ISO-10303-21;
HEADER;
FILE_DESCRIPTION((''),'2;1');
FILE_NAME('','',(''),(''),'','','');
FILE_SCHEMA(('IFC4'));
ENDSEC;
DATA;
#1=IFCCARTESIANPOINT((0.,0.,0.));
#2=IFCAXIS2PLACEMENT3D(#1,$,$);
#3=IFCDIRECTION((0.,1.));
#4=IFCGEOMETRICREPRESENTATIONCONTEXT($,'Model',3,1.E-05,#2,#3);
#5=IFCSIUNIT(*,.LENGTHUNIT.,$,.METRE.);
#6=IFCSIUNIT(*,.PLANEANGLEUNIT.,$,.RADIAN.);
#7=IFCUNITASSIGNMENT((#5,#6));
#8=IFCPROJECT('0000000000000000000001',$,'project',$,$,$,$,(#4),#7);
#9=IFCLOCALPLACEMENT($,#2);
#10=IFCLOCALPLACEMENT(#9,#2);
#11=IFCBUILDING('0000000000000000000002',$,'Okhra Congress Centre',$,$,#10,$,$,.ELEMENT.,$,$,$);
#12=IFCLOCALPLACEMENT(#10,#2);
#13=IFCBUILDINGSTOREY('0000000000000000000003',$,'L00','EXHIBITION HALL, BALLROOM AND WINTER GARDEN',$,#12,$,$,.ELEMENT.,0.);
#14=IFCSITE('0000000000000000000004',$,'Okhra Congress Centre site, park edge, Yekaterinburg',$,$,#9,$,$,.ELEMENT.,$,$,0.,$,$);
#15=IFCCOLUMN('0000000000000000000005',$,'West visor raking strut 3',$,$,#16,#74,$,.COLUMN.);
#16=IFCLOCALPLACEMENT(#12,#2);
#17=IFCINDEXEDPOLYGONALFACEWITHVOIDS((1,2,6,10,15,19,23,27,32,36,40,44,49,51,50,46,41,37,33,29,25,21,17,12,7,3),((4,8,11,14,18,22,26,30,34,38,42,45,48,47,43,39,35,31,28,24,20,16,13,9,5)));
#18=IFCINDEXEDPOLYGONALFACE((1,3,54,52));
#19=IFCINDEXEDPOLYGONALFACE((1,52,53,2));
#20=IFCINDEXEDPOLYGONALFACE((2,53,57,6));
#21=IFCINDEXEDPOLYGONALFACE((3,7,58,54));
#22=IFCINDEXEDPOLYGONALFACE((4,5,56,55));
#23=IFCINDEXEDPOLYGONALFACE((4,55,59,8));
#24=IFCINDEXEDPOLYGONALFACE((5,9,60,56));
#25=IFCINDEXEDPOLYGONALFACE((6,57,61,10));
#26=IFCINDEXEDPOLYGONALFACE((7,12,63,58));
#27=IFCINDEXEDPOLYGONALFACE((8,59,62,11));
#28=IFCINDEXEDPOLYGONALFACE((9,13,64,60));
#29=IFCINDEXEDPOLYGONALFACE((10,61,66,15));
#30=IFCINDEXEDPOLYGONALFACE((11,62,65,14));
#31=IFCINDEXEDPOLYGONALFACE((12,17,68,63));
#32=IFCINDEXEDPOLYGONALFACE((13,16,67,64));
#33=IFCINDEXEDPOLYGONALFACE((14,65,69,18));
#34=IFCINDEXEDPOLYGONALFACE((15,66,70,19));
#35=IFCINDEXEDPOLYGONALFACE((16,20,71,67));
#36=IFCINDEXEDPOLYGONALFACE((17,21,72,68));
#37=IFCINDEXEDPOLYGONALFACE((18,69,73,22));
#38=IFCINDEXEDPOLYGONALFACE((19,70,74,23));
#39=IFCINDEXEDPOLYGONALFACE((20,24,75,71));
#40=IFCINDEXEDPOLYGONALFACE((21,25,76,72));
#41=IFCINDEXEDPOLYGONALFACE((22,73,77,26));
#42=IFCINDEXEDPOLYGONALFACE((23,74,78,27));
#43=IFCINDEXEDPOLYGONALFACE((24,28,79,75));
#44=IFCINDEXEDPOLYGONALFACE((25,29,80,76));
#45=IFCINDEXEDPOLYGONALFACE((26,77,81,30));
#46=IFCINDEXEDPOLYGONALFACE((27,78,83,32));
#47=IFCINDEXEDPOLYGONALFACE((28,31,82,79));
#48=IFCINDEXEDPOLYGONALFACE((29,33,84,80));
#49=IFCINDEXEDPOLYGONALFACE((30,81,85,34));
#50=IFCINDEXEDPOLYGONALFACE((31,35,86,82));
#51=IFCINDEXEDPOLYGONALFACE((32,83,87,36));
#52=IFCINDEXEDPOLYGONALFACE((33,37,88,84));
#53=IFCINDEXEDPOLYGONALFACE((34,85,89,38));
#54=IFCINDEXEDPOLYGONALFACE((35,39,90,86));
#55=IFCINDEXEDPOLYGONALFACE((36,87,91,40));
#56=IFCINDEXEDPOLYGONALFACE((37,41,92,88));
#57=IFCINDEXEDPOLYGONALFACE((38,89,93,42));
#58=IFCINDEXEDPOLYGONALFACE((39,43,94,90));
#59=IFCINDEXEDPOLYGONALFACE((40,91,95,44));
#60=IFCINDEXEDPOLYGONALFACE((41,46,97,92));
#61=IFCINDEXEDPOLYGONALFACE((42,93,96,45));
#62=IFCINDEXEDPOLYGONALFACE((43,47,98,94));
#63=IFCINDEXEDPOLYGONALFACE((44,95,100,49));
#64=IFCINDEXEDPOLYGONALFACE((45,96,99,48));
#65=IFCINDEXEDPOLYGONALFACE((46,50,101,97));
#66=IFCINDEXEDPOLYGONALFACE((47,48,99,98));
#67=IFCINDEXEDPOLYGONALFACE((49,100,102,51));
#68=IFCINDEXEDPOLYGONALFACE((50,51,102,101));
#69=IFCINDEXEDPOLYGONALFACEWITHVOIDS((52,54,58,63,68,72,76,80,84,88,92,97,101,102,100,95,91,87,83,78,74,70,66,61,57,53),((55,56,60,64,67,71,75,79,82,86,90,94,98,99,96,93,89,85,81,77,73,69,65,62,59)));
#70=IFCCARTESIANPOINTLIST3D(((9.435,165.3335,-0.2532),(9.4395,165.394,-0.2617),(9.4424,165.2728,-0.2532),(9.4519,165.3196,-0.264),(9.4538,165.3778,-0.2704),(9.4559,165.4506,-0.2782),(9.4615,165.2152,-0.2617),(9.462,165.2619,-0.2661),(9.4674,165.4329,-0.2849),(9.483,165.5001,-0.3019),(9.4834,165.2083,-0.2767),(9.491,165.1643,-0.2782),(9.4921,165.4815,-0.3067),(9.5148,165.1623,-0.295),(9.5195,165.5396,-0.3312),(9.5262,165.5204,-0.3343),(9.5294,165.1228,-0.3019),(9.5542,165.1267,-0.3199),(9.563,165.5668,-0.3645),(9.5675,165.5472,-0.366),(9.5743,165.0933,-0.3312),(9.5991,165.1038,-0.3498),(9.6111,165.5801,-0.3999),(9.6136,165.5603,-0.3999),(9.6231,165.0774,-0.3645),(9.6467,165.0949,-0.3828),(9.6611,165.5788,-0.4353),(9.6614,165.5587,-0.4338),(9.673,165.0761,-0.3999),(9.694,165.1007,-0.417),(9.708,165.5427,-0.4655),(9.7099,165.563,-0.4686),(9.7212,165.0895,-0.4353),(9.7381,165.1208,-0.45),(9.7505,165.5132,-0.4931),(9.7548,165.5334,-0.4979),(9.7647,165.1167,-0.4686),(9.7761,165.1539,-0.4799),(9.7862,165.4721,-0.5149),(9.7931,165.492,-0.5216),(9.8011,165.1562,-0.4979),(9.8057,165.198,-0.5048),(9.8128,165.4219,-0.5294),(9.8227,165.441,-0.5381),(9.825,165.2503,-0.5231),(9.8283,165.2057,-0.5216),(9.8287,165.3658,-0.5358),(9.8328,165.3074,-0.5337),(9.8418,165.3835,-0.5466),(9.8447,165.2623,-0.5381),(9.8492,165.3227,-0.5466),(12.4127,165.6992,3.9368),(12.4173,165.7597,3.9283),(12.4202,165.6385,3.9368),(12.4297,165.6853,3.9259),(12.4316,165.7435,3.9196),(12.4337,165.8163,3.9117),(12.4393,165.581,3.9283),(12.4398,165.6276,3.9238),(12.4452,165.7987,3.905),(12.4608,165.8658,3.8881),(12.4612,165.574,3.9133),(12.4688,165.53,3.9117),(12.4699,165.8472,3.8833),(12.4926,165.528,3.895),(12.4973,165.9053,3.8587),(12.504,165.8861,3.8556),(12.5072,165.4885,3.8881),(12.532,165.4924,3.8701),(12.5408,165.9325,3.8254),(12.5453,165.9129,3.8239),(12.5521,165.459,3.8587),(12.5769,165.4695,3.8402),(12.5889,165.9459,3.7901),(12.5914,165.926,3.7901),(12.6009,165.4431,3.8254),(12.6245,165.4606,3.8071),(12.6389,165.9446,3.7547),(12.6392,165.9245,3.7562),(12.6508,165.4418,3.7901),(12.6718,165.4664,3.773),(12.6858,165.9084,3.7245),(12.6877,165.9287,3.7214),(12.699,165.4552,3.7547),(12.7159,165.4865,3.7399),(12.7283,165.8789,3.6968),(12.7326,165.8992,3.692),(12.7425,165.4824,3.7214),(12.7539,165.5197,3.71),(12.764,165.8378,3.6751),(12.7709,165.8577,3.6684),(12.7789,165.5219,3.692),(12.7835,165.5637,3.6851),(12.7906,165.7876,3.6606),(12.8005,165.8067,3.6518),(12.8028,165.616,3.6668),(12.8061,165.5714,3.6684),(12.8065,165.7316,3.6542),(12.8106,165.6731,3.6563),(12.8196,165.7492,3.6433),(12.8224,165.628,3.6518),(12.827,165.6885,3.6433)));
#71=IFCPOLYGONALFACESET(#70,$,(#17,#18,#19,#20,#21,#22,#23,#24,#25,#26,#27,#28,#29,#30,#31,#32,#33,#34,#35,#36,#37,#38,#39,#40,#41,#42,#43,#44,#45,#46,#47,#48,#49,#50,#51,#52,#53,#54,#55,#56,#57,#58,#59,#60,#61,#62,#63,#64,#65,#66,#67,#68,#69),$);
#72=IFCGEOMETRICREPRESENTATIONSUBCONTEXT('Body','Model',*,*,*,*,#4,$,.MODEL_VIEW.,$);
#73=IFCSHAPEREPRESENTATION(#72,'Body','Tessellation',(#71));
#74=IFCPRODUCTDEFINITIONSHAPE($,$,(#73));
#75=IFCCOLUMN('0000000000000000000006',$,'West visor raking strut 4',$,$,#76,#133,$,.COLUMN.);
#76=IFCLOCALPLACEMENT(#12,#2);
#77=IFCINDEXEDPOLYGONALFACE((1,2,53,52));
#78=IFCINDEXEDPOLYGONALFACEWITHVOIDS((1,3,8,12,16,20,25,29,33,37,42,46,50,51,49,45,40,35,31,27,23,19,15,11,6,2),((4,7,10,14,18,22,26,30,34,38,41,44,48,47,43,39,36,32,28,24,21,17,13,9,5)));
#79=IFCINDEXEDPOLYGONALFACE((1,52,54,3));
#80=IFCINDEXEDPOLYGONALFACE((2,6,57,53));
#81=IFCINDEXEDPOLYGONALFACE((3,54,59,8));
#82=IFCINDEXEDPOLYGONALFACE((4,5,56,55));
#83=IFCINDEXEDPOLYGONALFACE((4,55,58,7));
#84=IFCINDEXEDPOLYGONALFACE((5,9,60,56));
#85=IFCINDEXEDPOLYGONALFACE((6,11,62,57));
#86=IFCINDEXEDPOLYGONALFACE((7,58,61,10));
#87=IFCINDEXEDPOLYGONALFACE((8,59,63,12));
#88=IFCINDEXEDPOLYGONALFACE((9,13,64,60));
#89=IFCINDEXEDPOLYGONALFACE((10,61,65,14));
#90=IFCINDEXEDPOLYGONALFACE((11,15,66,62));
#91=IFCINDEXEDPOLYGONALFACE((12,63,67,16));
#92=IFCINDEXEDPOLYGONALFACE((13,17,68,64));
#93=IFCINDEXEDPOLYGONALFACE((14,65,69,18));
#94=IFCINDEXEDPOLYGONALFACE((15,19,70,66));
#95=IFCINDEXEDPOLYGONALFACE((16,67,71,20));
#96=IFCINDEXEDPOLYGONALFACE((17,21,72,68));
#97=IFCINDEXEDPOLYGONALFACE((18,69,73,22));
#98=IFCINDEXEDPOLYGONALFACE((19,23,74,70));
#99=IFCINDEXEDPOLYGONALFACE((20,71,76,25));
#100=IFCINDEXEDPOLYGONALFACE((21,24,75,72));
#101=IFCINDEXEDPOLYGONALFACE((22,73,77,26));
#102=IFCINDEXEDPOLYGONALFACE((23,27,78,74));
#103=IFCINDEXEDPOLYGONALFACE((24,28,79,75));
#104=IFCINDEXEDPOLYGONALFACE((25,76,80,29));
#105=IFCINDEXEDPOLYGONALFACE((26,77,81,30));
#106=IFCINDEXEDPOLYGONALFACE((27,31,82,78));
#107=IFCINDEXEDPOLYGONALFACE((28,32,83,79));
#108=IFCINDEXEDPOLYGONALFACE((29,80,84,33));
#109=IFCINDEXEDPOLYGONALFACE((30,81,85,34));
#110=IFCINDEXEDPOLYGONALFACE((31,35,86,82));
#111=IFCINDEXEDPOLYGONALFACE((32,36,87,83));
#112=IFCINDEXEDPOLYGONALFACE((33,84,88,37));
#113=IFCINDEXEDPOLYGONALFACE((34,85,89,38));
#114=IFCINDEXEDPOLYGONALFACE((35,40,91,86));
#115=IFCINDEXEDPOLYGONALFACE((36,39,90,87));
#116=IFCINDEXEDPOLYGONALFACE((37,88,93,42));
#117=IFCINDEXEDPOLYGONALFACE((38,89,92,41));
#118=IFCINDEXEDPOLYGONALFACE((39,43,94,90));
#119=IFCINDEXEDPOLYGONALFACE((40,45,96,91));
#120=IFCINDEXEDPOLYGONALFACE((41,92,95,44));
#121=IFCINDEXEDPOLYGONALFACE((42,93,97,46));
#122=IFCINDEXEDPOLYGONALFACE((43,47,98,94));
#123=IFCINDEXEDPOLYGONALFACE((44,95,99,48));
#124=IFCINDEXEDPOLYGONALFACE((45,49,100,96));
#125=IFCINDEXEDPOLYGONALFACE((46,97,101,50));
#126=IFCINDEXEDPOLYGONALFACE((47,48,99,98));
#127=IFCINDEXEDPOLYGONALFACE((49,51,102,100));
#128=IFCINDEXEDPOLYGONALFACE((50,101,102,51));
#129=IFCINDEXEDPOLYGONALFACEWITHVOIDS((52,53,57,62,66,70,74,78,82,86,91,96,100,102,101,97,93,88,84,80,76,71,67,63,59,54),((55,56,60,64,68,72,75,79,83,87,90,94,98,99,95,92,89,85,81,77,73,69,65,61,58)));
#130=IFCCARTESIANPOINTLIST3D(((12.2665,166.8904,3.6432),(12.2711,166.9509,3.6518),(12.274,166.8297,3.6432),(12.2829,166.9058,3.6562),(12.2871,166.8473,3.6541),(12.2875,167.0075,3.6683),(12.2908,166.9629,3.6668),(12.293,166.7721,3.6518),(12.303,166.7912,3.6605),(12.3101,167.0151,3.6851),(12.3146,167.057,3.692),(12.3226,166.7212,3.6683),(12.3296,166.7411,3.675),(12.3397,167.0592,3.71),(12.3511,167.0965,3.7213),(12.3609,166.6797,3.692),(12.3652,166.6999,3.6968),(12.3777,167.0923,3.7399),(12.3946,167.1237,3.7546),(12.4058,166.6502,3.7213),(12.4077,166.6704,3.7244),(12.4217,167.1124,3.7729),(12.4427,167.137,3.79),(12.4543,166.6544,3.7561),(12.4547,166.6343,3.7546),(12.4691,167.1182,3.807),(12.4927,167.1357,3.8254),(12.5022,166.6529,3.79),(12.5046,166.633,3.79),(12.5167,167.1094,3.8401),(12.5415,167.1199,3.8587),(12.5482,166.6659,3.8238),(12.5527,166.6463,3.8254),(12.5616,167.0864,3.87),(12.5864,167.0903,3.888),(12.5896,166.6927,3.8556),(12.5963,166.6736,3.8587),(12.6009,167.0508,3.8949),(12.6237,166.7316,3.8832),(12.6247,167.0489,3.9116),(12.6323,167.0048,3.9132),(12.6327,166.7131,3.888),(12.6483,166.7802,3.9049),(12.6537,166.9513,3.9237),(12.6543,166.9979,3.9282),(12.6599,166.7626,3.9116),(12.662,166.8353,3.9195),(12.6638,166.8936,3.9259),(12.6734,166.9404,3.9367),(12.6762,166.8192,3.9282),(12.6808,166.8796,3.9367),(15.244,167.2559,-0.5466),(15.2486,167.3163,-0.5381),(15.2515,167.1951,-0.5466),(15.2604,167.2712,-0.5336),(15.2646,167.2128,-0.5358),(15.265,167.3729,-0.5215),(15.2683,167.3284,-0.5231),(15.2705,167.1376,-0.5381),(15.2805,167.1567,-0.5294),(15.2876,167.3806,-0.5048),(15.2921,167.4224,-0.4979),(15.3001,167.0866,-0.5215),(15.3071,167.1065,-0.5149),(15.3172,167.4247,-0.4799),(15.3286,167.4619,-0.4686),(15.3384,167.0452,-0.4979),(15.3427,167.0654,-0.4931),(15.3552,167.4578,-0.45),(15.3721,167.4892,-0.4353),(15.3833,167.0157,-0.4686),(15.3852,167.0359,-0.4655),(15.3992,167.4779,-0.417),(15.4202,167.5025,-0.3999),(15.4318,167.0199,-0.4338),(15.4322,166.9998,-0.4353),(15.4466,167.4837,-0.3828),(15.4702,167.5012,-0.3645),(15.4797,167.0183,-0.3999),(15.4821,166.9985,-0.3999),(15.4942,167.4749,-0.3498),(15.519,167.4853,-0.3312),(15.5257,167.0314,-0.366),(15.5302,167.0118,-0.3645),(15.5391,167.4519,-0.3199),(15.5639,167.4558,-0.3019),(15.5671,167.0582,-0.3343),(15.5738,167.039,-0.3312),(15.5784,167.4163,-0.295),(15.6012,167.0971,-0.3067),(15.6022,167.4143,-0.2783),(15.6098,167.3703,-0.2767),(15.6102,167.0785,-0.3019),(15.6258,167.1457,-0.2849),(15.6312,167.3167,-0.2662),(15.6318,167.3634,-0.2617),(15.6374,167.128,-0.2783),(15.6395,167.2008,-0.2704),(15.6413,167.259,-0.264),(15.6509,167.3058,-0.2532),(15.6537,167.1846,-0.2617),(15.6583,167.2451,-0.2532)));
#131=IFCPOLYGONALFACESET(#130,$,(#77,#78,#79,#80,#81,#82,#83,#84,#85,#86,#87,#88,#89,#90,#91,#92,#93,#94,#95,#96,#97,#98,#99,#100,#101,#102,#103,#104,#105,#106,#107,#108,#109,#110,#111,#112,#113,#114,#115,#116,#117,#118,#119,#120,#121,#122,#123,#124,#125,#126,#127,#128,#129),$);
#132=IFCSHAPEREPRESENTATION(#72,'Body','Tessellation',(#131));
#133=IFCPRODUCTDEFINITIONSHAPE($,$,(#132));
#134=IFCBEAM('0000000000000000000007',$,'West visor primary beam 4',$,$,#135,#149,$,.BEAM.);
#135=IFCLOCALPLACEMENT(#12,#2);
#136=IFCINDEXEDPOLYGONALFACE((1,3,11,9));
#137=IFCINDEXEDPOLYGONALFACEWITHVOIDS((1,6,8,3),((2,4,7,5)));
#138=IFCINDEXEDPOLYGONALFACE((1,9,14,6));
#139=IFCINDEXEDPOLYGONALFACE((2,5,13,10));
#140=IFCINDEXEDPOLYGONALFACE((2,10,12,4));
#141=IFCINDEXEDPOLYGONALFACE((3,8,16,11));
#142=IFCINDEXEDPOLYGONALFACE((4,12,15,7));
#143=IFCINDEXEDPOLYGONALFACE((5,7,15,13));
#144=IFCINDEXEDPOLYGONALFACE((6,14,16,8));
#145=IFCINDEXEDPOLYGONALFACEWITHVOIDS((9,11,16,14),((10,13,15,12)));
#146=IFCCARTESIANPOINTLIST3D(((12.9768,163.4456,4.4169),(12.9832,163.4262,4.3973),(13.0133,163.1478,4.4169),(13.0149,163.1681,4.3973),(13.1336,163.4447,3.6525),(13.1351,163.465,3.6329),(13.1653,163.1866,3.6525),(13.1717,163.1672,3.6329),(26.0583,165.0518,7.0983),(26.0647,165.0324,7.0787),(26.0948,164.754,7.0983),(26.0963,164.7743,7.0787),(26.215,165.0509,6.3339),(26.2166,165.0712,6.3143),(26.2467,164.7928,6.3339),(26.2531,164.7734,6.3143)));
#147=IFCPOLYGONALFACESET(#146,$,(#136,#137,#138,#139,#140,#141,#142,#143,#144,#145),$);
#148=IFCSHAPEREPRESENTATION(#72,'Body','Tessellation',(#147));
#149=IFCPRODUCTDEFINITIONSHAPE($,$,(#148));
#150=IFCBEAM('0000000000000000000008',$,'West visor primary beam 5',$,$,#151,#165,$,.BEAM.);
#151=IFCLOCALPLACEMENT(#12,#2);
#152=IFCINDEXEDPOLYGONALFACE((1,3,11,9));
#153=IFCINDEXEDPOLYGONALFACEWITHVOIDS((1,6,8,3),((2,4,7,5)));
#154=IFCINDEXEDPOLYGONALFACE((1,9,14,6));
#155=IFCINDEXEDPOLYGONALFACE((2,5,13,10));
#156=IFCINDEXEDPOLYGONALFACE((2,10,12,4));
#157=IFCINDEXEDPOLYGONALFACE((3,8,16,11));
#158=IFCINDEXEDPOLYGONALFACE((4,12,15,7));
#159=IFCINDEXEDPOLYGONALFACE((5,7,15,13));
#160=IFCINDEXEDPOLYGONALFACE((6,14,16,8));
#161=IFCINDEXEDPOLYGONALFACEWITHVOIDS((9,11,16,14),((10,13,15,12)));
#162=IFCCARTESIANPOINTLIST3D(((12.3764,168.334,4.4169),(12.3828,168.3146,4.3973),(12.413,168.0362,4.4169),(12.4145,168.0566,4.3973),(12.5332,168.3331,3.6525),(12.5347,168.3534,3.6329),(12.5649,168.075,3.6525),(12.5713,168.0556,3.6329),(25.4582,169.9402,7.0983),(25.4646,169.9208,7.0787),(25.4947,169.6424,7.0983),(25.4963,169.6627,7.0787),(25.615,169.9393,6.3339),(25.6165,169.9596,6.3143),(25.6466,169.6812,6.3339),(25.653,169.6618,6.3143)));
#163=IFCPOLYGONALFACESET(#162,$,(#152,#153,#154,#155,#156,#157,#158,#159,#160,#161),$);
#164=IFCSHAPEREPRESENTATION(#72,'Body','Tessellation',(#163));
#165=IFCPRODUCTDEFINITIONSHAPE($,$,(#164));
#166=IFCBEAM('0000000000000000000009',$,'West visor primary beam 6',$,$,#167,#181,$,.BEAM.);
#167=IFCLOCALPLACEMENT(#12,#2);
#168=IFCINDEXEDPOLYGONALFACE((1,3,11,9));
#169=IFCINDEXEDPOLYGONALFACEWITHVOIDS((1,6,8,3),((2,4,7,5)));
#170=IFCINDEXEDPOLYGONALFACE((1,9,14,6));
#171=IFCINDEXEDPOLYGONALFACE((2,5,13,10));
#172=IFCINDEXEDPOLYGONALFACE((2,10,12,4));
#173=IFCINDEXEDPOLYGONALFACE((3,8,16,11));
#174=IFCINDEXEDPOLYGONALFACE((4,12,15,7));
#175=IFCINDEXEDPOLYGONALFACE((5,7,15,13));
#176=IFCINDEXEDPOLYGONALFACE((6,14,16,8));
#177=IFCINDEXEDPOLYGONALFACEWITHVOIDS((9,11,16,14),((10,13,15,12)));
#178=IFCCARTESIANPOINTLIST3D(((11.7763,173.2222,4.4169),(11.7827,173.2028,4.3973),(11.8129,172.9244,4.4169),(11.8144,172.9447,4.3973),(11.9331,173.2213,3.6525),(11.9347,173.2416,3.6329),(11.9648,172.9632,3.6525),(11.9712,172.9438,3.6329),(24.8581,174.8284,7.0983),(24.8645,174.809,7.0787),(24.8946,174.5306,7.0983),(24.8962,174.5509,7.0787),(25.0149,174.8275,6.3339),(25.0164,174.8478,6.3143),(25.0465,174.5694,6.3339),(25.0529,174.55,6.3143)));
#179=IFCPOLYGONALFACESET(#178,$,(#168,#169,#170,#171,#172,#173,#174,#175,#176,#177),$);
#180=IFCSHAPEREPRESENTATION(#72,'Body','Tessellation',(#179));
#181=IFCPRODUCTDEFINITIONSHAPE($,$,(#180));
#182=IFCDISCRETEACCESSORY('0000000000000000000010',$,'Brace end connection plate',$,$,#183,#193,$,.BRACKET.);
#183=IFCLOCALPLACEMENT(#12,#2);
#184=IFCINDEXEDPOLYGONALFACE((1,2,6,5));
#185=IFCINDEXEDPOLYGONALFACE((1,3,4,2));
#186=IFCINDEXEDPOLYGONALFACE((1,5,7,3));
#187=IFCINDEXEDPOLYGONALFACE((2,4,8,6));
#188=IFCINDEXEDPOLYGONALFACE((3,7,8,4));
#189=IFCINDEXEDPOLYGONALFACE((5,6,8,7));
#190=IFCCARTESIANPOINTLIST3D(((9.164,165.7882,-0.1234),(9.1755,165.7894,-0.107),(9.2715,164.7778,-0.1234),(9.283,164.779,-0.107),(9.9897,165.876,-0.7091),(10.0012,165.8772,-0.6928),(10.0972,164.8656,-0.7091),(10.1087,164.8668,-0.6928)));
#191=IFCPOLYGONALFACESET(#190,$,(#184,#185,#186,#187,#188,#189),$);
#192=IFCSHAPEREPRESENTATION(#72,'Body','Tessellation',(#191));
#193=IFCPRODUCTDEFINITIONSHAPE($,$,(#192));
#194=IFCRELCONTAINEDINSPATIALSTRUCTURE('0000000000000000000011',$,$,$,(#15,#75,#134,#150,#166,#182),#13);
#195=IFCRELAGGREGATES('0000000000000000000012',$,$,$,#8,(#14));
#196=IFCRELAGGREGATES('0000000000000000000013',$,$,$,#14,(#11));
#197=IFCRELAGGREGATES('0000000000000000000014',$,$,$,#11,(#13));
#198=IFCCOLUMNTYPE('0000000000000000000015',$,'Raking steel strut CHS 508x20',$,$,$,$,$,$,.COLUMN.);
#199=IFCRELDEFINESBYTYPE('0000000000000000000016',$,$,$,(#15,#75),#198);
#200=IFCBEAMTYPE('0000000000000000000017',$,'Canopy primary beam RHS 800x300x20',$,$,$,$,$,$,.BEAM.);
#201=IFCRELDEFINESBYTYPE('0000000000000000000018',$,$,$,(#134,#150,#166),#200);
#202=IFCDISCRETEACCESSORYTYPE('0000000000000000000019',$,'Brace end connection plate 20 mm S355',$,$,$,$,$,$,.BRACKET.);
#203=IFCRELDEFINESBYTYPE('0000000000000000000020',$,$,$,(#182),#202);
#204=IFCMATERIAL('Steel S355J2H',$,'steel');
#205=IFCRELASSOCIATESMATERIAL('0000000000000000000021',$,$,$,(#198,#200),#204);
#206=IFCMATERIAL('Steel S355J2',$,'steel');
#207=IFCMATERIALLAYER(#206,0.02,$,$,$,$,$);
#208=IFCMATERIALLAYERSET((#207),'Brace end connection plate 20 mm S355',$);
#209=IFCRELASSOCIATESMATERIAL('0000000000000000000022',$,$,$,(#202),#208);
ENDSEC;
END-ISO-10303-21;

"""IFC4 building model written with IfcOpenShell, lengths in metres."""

from ifc_helpers import new_model, si_unit, direction, frame, origin, origin_2d, place, context, subcontext, project, spatial, rectangle, hollow_rectangle, hollow_circle, extrude, material, layer, layer_set, material_profile, profile_set, type_object, element, save


model = new_model("IFC4")

# Units and contexts
model_context = context("Model", 3, precision=1e-05, world=origin(), true_north=direction((0.0, 1.0)))
body_context = subcontext(model_context, "Body", "Model", "MODEL_VIEW")
ifc_project = project(units=[si_unit("LENGTHUNIT", "METRE"), si_unit("PLANEANGLEUNIT", "RADIAN")], contexts=[model_context])

# Site, building, storey
site_placement = place(None, origin())
site = spatial("IfcSite", under=ifc_project, at=site_placement, Name="Okhra Congress Centre site, park edge, Yekaterinburg", CompositionType="ELEMENT", RefElevation=0.0)
building_placement = place(site_placement, origin())
building = spatial("IfcBuilding", under=site, at=building_placement, Name="Okhra Congress Centre", CompositionType="ELEMENT")
storey_placement = place(building_placement, origin())
storey = spatial("IfcBuildingStorey", under=building, at=storey_placement, Name="L00", Description="EXHIBITION HALL, BALLROOM AND WINTER GARDEN", CompositionType="ELEMENT", Elevation=0.0)

# Columns
ifc_material_1 = material(Name="Steel S355J2H", Category="steel")
ifc_material_profile_1 = material_profile(ifc_material_1, hollow_circle(Radius=0.2539, WallThickness=0.02, at=origin_2d()), Name="CHS 508x20")
ifc_profile_set_1 = profile_set([ifc_material_profile_1], Name="Steel S355J2H")
column_type = type_object("IfcColumnType", Name="Raking steel strut CHS 508x20", PredefinedType="COLUMN", material=ifc_profile_set_1)
column_1_placement = place(storey_placement, frame((9.6421, 165.3281, -0.3999), z_axis=(0.577839, 0.070969, 0.813059), x_axis=(-0.121901, 0.992542, 0.0)))
element("IfcColumn", 1, at=column_1_placement, inside=storey, type_object=column_type, Name="West visor raking strut 3", PredefinedType="COLUMN", context=body_context, shape_type="SweptSolid", body=[
    extrude(hollow_circle(Radius=0.2539, WallThickness=0.02, at=origin_2d()), origin(), (0.0, 0.0, 1.0), 5.1533),
])
column_2_placement = place(storey_placement, frame((15.4512, 167.2505, -0.3999), z_axis=(-0.57781, -0.070923, 0.813084), x_axis=(0.121831, -0.992551, 0.0)))
element("IfcColumn", 2, at=column_2_placement, inside=storey, type_object=column_type, Name="West visor raking strut 4", PredefinedType="COLUMN", context=body_context, shape_type="SweptSolid", body=[
    extrude(hollow_circle(Radius=0.2539, WallThickness=0.02, at=origin_2d()), origin(), (0.0, 0.0, 1.0), 5.1531),
])

# Beams
ifc_material_profile_2 = material_profile(ifc_material_1, hollow_rectangle(XDim=0.3, YDim=0.8, WallThickness=0.02, at=origin_2d()), Name="RHS 800x300x20")
ifc_profile_set_2 = profile_set([ifc_material_profile_2], Name="Steel S355J2H")
beam_type = type_object("IfcBeamType", Name="Canopy primary beam RHS 800x300x20", PredefinedType="BEAM", material=ifc_profile_set_2)
beam_placement = place(storey_placement, frame((13.0742, 163.3064, 4.0249), z_axis=(0.972621, 0.119422, 0.199364), x_axis=(-0.121869, 0.992546, 0.0)))
element("IfcBeam", 3, at=beam_placement, inside=storey, type_object=beam_type, Name="West visor primary beam 4", PredefinedType="BEAM", context=body_context, shape_type="SweptSolid", body=[
    extrude(hollow_rectangle(XDim=0.3, YDim=0.8, WallThickness=0.02, at=origin_2d()), origin(), (0.0, 0.0, 1.0), 13.4497),
])
for number, where, z_axis, x_axis, name in (
    (4, (12.4739, 168.1948, 4.0249), (0.972622, 0.11942, 0.19936), (-0.121866, 0.992547, 0.0), "West visor primary beam 5"),
    (5, (11.8738, 173.083, 4.0249), (0.972622, 0.11942, 0.19936), (-0.121866, 0.992547, 0.0), "West visor primary beam 6"),
):
    element("IfcBeam", number, at=place(storey_placement, frame(where, z_axis=z_axis, x_axis=x_axis)), inside=storey, type_object=beam_type, Name=name, PredefinedType="BEAM", context=body_context, shape_type="SweptSolid", body=[
        extrude(hollow_rectangle(XDim=0.3, YDim=0.8, WallThickness=0.02, at=origin_2d()), origin(), (0.0, 0.0, 1.0), 13.45),
    ])

# Discrete accessory
ifc_material_2 = material(Name="Steel S355J2", Category="steel")
ifc_layer = layer(ifc_material_2, 0.02)
ifc_layer_set = layer_set([ifc_layer], Name="Brace end connection plate 20 mm S355")
discrete_accessory_type_1 = type_object("IfcDiscreteAccessoryType", Name="Brace end connection plate 20 mm S355", PredefinedType="BRACKET", material=ifc_layer_set)
for number, where, z_axis, x_axis, name in (
    (6, (9.6421, 165.3281, -0.3999), (-0.573213, -0.06098, -0.817134), (0.105786, -0.994389, 0.0), "Brace end connection plate"),
):
    element("IfcDiscreteAccessory", number, at=place(storey_placement, frame(where, z_axis=z_axis, x_axis=x_axis)), inside=storey, type_object=discrete_accessory_type_1, Name=name, PredefinedType="BRACKET", context=body_context, shape_type="SweptSolid", body=[
        extrude(rectangle(XDim=1.0161, YDim=1.0161, at=origin_2d()), origin(), (0.0, 0.0, 1.0), 0.02),
    ])

save(model, "model.ifc")
